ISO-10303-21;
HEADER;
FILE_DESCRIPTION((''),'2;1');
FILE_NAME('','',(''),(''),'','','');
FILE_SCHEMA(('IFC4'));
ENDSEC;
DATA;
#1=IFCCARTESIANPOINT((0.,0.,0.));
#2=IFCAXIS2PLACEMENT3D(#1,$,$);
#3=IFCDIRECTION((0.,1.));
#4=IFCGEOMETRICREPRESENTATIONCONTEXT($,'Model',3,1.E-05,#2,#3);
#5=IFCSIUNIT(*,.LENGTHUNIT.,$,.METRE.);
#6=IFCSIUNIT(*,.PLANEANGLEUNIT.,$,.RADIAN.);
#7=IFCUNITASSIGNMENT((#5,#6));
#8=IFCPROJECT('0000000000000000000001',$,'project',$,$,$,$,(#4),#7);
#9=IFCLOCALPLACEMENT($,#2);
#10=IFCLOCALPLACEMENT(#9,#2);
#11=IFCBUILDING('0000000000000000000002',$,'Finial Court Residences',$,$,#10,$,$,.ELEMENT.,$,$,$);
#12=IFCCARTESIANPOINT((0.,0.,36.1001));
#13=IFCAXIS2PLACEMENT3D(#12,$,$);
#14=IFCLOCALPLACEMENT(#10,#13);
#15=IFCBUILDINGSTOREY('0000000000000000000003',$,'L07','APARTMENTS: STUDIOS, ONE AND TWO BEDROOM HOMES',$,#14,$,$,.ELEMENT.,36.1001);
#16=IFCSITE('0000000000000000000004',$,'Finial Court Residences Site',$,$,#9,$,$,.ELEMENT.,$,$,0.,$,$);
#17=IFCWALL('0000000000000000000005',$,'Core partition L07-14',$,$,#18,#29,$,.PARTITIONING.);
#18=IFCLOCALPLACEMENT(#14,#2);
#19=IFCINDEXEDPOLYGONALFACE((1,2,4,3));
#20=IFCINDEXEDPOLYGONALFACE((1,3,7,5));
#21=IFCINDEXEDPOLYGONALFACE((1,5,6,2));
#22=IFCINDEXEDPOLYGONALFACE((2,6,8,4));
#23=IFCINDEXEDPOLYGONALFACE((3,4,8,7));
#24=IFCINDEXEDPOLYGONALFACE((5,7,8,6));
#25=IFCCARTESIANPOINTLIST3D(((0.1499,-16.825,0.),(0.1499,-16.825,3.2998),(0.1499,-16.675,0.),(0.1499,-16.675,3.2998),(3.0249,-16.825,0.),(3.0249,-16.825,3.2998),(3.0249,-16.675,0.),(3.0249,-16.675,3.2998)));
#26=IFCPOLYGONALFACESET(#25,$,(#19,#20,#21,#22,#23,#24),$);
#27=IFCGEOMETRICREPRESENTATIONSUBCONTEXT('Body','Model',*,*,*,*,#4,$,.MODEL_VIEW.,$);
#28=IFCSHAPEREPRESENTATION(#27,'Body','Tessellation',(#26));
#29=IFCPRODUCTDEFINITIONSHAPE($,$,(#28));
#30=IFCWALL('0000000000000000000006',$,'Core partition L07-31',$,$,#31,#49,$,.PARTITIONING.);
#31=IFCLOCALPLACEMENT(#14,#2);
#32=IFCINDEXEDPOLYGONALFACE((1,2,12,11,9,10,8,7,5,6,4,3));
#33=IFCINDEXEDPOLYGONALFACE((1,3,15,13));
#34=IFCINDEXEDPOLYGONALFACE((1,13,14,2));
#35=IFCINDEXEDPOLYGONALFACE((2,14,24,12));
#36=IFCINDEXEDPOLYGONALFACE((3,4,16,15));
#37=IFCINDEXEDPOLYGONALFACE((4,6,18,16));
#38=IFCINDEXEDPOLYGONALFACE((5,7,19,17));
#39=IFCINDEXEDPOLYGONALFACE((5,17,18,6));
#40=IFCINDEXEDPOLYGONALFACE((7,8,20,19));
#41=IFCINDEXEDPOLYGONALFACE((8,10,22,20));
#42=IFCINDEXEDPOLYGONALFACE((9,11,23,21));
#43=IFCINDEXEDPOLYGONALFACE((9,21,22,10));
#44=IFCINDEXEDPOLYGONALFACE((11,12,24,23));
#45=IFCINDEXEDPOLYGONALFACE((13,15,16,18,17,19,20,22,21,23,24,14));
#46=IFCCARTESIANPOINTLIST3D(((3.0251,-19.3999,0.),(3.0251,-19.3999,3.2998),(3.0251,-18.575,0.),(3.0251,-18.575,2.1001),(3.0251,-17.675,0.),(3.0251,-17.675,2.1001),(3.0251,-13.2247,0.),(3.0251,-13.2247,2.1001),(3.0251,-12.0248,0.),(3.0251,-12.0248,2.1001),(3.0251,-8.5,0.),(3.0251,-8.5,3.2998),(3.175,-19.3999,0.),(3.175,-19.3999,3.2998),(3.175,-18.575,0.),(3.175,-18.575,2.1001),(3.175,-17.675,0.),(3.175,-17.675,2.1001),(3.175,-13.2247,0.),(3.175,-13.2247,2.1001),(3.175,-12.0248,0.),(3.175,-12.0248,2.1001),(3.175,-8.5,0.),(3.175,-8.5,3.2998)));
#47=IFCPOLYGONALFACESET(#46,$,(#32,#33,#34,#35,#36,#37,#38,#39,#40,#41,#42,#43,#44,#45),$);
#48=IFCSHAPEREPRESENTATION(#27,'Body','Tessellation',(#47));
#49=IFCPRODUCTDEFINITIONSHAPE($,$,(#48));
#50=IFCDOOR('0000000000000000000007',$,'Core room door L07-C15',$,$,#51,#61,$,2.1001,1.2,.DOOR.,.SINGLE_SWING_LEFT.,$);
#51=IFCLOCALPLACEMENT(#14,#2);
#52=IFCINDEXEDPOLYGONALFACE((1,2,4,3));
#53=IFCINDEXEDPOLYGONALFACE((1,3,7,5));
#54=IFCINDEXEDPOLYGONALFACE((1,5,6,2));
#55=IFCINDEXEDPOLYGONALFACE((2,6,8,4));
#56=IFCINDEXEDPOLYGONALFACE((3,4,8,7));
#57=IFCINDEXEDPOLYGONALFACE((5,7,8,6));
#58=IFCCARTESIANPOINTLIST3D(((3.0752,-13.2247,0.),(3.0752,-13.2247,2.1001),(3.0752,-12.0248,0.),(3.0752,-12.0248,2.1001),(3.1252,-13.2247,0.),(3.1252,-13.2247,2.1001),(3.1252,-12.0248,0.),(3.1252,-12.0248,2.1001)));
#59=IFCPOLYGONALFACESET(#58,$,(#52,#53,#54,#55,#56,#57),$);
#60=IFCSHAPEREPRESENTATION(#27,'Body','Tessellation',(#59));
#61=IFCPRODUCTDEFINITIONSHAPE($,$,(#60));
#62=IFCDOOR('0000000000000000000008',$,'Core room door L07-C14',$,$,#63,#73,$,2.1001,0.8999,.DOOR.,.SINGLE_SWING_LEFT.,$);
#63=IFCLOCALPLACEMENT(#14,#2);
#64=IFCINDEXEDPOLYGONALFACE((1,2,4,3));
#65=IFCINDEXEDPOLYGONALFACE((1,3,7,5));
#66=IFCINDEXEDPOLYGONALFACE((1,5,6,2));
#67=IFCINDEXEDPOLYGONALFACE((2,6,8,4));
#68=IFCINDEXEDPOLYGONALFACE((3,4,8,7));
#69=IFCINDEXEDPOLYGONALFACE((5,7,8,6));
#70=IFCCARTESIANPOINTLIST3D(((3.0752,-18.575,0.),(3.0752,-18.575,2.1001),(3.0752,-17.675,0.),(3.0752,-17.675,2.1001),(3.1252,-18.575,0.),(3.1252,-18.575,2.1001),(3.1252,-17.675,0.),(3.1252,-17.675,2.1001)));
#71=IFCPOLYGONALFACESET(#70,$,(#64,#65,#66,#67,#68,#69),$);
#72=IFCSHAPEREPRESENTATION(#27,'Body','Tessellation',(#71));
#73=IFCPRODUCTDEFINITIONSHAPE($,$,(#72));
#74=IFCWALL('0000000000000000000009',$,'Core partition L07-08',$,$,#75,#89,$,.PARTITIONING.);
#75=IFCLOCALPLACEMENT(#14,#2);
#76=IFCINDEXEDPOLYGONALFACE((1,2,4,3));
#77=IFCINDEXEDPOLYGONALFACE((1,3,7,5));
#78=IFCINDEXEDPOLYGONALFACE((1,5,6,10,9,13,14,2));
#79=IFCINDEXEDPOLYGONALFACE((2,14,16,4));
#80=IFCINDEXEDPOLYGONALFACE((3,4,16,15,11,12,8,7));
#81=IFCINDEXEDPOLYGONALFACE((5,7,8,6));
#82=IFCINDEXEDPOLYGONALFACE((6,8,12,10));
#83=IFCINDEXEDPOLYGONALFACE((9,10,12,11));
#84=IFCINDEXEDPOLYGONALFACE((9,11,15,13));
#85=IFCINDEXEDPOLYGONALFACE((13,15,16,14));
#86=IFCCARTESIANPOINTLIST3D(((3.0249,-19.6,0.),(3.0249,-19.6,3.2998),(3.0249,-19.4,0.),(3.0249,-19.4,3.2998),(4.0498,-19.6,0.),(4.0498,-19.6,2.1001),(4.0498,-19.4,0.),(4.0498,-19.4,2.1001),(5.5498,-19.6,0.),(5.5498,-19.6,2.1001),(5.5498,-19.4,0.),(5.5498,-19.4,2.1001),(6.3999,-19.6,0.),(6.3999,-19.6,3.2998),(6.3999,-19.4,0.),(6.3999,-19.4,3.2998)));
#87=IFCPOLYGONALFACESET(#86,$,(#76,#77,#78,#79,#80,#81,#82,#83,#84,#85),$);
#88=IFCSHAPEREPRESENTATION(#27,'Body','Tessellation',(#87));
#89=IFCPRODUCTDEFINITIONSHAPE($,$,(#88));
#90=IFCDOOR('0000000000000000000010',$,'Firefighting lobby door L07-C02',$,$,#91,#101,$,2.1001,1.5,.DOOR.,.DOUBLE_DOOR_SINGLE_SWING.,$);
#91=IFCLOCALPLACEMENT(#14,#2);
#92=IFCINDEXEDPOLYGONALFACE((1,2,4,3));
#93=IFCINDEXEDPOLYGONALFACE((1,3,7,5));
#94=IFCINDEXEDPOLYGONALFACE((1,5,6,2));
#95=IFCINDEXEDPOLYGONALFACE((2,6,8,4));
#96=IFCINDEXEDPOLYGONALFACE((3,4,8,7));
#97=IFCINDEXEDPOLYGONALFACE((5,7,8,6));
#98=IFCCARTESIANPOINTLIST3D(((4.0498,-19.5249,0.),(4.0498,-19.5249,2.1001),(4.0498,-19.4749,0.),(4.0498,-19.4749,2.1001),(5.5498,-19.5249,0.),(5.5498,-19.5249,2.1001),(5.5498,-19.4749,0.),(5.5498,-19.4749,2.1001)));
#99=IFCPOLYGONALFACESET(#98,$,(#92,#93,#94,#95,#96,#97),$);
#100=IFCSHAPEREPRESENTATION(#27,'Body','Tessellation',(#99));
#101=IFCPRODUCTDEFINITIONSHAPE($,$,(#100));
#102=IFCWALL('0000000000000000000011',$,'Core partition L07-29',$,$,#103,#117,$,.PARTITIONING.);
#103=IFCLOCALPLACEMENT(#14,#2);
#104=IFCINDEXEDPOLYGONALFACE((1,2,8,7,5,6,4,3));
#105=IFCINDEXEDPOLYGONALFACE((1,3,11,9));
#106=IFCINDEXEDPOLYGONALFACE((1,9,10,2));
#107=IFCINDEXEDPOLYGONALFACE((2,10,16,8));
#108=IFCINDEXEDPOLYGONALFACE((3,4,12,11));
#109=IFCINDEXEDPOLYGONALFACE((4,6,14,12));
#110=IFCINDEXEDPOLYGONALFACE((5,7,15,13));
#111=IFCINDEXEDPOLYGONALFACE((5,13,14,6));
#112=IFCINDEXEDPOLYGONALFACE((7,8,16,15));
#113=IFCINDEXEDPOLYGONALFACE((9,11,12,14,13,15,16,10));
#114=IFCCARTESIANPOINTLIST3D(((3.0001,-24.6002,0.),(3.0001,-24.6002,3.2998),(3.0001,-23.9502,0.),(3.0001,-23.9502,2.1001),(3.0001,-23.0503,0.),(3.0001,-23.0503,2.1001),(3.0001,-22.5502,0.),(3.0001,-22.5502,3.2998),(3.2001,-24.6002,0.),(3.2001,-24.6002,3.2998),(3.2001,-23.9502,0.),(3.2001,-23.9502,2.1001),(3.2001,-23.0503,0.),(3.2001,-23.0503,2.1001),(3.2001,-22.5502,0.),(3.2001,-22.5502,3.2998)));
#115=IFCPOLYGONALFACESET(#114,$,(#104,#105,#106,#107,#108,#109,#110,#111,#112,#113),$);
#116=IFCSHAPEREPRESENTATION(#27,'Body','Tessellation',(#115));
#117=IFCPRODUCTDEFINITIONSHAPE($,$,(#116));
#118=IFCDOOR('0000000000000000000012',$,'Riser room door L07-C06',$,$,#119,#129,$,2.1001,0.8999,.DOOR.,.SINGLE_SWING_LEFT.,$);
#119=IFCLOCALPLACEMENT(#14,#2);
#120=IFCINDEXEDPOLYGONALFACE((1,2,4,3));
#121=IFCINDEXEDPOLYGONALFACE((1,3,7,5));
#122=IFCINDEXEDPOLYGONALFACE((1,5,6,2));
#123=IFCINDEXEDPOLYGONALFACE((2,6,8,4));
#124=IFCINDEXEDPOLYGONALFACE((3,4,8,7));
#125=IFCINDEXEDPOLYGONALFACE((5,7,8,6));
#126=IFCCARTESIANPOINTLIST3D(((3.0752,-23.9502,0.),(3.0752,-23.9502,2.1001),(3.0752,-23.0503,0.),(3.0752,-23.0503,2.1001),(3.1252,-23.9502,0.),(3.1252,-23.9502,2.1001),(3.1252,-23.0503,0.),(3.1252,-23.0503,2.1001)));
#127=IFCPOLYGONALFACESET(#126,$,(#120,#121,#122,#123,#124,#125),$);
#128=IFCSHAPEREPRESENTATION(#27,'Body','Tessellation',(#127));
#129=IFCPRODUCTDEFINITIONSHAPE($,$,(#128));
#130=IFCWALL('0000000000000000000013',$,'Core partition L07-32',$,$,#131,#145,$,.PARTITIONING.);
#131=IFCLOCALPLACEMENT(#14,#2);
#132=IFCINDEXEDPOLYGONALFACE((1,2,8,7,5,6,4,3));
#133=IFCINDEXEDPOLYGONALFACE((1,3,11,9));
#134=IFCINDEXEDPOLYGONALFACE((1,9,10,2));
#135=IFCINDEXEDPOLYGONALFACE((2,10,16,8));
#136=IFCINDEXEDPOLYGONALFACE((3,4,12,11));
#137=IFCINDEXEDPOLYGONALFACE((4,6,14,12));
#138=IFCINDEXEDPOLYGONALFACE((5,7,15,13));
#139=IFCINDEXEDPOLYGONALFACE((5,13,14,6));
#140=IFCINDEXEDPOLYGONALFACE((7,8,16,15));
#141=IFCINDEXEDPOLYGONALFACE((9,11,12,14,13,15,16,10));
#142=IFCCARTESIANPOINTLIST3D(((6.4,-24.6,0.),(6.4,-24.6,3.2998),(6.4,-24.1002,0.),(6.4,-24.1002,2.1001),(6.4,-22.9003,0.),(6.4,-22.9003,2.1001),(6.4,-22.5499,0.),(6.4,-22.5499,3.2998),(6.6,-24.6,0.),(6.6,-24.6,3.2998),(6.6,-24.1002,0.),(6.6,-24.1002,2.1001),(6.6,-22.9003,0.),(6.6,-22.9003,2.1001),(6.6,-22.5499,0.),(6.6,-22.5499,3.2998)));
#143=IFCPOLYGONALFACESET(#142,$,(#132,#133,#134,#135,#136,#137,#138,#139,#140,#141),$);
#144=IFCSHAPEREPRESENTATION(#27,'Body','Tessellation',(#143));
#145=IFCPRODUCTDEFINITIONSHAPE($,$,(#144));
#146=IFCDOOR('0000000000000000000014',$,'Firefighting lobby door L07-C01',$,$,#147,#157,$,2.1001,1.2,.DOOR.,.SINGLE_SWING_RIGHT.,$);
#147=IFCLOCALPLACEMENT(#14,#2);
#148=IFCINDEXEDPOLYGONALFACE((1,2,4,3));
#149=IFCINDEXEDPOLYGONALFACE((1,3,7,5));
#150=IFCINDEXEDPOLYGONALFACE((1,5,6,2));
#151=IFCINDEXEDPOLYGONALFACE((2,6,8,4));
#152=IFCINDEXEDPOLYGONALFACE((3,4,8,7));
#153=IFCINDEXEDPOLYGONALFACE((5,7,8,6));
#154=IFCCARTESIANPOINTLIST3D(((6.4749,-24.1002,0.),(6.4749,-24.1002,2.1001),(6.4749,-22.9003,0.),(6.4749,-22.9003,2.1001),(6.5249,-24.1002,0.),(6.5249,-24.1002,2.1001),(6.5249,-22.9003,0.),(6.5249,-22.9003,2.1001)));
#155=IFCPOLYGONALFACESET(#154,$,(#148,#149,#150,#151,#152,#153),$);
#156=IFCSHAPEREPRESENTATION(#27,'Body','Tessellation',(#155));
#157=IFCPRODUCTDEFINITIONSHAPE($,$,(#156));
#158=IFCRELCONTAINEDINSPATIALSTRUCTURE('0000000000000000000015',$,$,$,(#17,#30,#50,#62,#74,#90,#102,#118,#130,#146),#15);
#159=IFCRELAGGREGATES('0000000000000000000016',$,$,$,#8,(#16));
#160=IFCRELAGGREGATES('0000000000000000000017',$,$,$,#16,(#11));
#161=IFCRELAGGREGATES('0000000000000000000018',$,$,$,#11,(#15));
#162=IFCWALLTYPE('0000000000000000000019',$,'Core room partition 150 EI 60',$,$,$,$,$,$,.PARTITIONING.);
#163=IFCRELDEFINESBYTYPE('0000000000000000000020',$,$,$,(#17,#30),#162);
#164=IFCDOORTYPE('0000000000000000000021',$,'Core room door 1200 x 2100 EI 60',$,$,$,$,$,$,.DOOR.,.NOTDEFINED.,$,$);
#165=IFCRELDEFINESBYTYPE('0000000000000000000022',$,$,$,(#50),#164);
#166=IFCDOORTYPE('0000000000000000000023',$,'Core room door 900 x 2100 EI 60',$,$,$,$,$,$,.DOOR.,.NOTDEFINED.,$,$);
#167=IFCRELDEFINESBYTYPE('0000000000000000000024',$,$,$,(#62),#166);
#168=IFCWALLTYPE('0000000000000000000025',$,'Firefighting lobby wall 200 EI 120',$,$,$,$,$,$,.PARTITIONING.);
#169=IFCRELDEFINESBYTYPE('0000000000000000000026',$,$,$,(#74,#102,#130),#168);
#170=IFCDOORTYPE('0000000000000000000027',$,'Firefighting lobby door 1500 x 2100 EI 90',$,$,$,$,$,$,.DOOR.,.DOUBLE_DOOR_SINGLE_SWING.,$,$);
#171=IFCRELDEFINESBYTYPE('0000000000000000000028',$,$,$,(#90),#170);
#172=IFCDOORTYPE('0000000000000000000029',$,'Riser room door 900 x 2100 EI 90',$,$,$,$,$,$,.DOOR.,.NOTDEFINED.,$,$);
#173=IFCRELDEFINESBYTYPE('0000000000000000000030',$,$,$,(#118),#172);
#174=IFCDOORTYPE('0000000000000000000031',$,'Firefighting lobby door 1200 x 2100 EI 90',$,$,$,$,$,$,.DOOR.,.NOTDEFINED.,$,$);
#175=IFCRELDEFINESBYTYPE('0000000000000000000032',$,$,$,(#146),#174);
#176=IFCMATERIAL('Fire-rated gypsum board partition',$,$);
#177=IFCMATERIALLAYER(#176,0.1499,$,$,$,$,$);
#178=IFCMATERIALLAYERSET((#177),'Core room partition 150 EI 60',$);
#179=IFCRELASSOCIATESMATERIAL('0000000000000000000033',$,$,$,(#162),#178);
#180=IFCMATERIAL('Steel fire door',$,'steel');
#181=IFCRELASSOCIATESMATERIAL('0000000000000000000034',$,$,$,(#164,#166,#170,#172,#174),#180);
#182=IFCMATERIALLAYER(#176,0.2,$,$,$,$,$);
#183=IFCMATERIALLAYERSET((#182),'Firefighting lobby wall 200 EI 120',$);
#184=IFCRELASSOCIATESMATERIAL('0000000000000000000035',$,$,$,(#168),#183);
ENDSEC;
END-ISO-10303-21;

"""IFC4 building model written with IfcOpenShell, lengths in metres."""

from ifc_helpers import new_model, si_unit, direction, frame, frame_2d, origin, place, context, subcontext, project, spatial, rectangle, extrude, material, layer, layer_set, type_object, element, fill, save


model = new_model("IFC4")

# Units and contexts
model_context = context("Model", 3, precision=1e-05, world=origin(), true_north=direction((0.0, 1.0)))
body_context = subcontext(model_context, "Body", "Model", "MODEL_VIEW")
ifc_project = project(units=[si_unit("LENGTHUNIT", "METRE"), si_unit("PLANEANGLEUNIT", "RADIAN")], contexts=[model_context])

# Site, building, storey
site_placement = place(None, origin())
site = spatial("IfcSite", under=ifc_project, at=site_placement, Name="Finial Court Residences Site", CompositionType="ELEMENT", RefElevation=0.0)
building_placement = place(site_placement, origin())
building = spatial("IfcBuilding", under=site, at=building_placement, Name="Finial Court Residences", CompositionType="ELEMENT")
storey_placement = place(building_placement, frame((0.0, 0.0, 36.1001)))
storey = spatial("IfcBuildingStorey", under=building, at=storey_placement, Name="L07", Description="APARTMENTS: STUDIOS, ONE AND TWO BEDROOM HOMES", CompositionType="ELEMENT", Elevation=36.1001)

# Wall
ifc_material_1 = material(Name="Fire-rated gypsum board partition")
ifc_layer_1 = layer(ifc_material_1, 0.1499)
ifc_layer_set_1 = layer_set([ifc_layer_1], Name="Core room partition 150 EI 60")
wall_type_1 = type_object("IfcWallType", Name="Core room partition 150 EI 60", PredefinedType="PARTITIONING", material=ifc_layer_set_1)
wall_1_placement = place(storey_placement, frame((0.1499, -16.75, 0.0), z_axis=(0.0, 0.0, 1.0), x_axis=(1.0, 0.0, 0.0)))
element("IfcWall", 1, at=wall_1_placement, inside=storey, type_object=wall_type_1, Name="Core partition L07-14", PredefinedType="PARTITIONING", context=body_context, shape_type="SweptSolid", body=[
    extrude(rectangle(XDim=2.875, YDim=0.1499, at=frame_2d((1.4375, 0.0))), origin(), (0.0, 0.0, 1.0), 3.2998),
])

# Wall, openings, doors
wall_2_placement = place(storey_placement, frame((3.1001, -19.3999, 0.0), z_axis=(0.0, 0.0, 1.0), x_axis=(0.0, 1.0, 0.0)))
wall_2 = element("IfcWall", 2, at=wall_2_placement, inside=storey, type_object=wall_type_1, Name="Core partition L07-31", PredefinedType="PARTITIONING", context=body_context, shape_type="SweptSolid", body=[
    extrude(rectangle(XDim=10.8999, YDim=0.1499, at=frame_2d((5.45, 0.0))), origin(), (0.0, 0.0, 1.0), 3.2998),
])
opening_1_placement = place(wall_2_placement, frame((0.825, 0.0, 0.0)))
opening_1 = element("IfcOpeningElement", 3, at=opening_1_placement, cuts=wall_2, PredefinedType="OPENING", context=body_context, shape_type="SweptSolid", body=[
    extrude(rectangle(XDim=0.8999, YDim=2.1001, at=frame_2d((0.45, 1.05))), frame((0.0, 0.085, 0.0), z_axis=(0.0, -1.0, 0.0), x_axis=(1.0, 0.0, 0.0)), (0.0, 0.0, 1.0), 0.1699),
])
opening_2_placement = place(wall_2_placement, frame((6.175, 0.0, 0.0)))
opening_2 = element("IfcOpeningElement", 4, at=opening_2_placement, cuts=wall_2, PredefinedType="OPENING", context=body_context, shape_type="SweptSolid", body=[
    extrude(rectangle(XDim=1.2, YDim=2.1001, at=frame_2d((0.6001, 1.05))), frame((0.0, 0.085, 0.0), z_axis=(0.0, -1.0, 0.0), x_axis=(1.0, 0.0, 0.0)), (0.0, 0.0, 1.0), 0.1699),
])
ifc_material_2 = material(Name="Steel fire door", Category="steel")
door_type_1 = type_object("IfcDoorType", Name="Core room door 1200 x 2100 EI 60", OperationType="NOTDEFINED", PredefinedType="DOOR", material=ifc_material_2)
door_1_placement = place(opening_2_placement, origin())
door_1 = element("IfcDoor", 5, at=door_1_placement, inside=storey, type_object=door_type_1, Name="Core room door L07-C15", OperationType="SINGLE_SWING_LEFT", OverallHeight=2.1001, OverallWidth=1.2, PredefinedType="DOOR", context=body_context, shape_type="SweptSolid", body=[
    extrude(rectangle(XDim=1.2, YDim=2.1001, at=frame_2d((0.6001, 1.05))), frame((0.0, 0.0249, 0.0), z_axis=(0.0, -1.0, 0.0), x_axis=(1.0, 0.0, 0.0)), (0.0, 0.0, 1.0), 0.05),
])
fill(opening_2, door_1)
door_type_2 = type_object("IfcDoorType", Name="Core room door 900 x 2100 EI 60", OperationType="NOTDEFINED", PredefinedType="DOOR", material=ifc_material_2)
door_2_placement = place(opening_1_placement, origin())
door_2 = element("IfcDoor", 6, at=door_2_placement, inside=storey, type_object=door_type_2, Name="Core room door L07-C14", OperationType="SINGLE_SWING_LEFT", OverallHeight=2.1001, OverallWidth=0.8999, PredefinedType="DOOR", context=body_context, shape_type="SweptSolid", body=[
    extrude(rectangle(XDim=0.8999, YDim=2.1001, at=frame_2d((0.45, 1.05))), frame((0.0, 0.0249, 0.0), z_axis=(0.0, -1.0, 0.0), x_axis=(1.0, 0.0, 0.0)), (0.0, 0.0, 1.0), 0.05),
])
fill(opening_1, door_2)

# Walls, openings, doors
ifc_layer_2 = layer(ifc_material_1, 0.2)
ifc_layer_set_2 = layer_set([ifc_layer_2], Name="Firefighting lobby wall 200 EI 120")
wall_type_2 = type_object("IfcWallType", Name="Firefighting lobby wall 200 EI 120", PredefinedType="PARTITIONING", material=ifc_layer_set_2)
wall_3_placement = place(storey_placement, frame((6.3999, -19.5, 0.0), z_axis=(0.0, 0.0, 1.0), x_axis=(-1.0, 0.0, 0.0)))
wall_3 = element("IfcWall", 7, at=wall_3_placement, inside=storey, type_object=wall_type_2, Name="Core partition L07-08", PredefinedType="PARTITIONING", context=body_context, shape_type="SweptSolid", body=[
    extrude(rectangle(XDim=3.375, YDim=0.2, at=frame_2d((1.6875, 0.0))), origin(), (0.0, 0.0, 1.0), 3.2998),
])
opening_3_placement = place(wall_3_placement, frame((0.8501, 0.0, 0.0)))
opening_3 = element("IfcOpeningElement", 8, at=opening_3_placement, cuts=wall_3, PredefinedType="OPENING", context=body_context, shape_type="SweptSolid", body=[
    extrude(rectangle(XDim=1.5, YDim=2.1001, at=frame_2d((0.75, 1.05))), frame((0.0, 0.1099, 0.0), z_axis=(0.0, -1.0, 0.0), x_axis=(1.0, 0.0, 0.0)), (0.0, 0.0, 1.0), 0.22),
])
door_type_3 = type_object("IfcDoorType", Name="Firefighting lobby door 1500 x 2100 EI 90", OperationType="DOUBLE_DOOR_SINGLE_SWING", PredefinedType="DOOR", material=ifc_material_2)
door_3_placement = place(opening_3_placement, origin())
door_3 = element("IfcDoor", 9, at=door_3_placement, inside=storey, type_object=door_type_3, Name="Firefighting lobby door L07-C02", OperationType="DOUBLE_DOOR_SINGLE_SWING", OverallHeight=2.1001, OverallWidth=1.5, PredefinedType="DOOR", context=body_context, shape_type="SweptSolid", body=[
    extrude(rectangle(XDim=1.5, YDim=2.1001, at=frame_2d((0.75, 1.05))), frame((0.0, 0.0249, 0.0), z_axis=(0.0, -1.0, 0.0), x_axis=(1.0, 0.0, 0.0)), (0.0, 0.0, 1.0), 0.05),
])
fill(opening_3, door_3)
wall_4_placement = place(storey_placement, frame((3.1001, -24.6001, 0.0), z_axis=(0.0, 0.0, 1.0), x_axis=(0.0, 1.0, 0.0)))
wall_4 = element("IfcWall", 10, at=wall_4_placement, inside=storey, type_object=wall_type_2, Name="Core partition L07-29", PredefinedType="PARTITIONING", context=body_context, shape_type="SweptSolid", body=[
    extrude(rectangle(XDim=2.05, YDim=0.2, at=frame_2d((1.0249, 0.0))), origin(), (0.0, 0.0, 1.0), 3.2998),
])
opening_4_placement = place(wall_4_placement, frame((0.6499, 0.0, 0.0)))
opening_4 = element("IfcOpeningElement", 11, at=opening_4_placement, cuts=wall_4, PredefinedType="OPENING", context=body_context, shape_type="SweptSolid", body=[
    extrude(rectangle(XDim=0.8999, YDim=2.1001, at=frame_2d((0.45, 1.05))), frame((0.0, 0.1099, 0.0), z_axis=(0.0, -1.0, 0.0), x_axis=(1.0, 0.0, 0.0)), (0.0, 0.0, 1.0), 0.22),
])
door_type_4 = type_object("IfcDoorType", Name="Riser room door 900 x 2100 EI 90", OperationType="NOTDEFINED", PredefinedType="DOOR", material=ifc_material_2)
door_4_placement = place(opening_4_placement, origin())
door_4 = element("IfcDoor", 12, at=door_4_placement, inside=storey, type_object=door_type_4, Name="Riser room door L07-C06", OperationType="SINGLE_SWING_LEFT", OverallHeight=2.1001, OverallWidth=0.8999, PredefinedType="DOOR", context=body_context, shape_type="SweptSolid", body=[
    extrude(rectangle(XDim=0.8999, YDim=2.1001, at=frame_2d((0.45, 1.05))), frame((0.0, 0.0249, 0.0), z_axis=(0.0, -1.0, 0.0), x_axis=(1.0, 0.0, 0.0)), (0.0, 0.0, 1.0), 0.05),
])
fill(opening_4, door_4)
wall_5_placement = place(storey_placement, frame((6.5, -22.55, 0.0), z_axis=(0.0, 0.0, 1.0), x_axis=(0.0, -1.0, 0.0)))
wall_5 = element("IfcWall", 13, at=wall_5_placement, inside=storey, type_object=wall_type_2, Name="Core partition L07-32", PredefinedType="PARTITIONING", context=body_context, shape_type="SweptSolid", body=[
    extrude(rectangle(XDim=2.05, YDim=0.2, at=frame_2d((1.0249, 0.0))), origin(), (0.0, 0.0, 1.0), 3.2998),
])
opening_5_placement = place(wall_5_placement, frame((0.3501, 0.0, 0.0)))
opening_5 = element("IfcOpeningElement", 14, at=opening_5_placement, cuts=wall_5, PredefinedType="OPENING", context=body_context, shape_type="SweptSolid", body=[
    extrude(rectangle(XDim=1.2, YDim=2.1001, at=frame_2d((0.6001, 1.05))), frame((0.0, 0.1099, 0.0), z_axis=(0.0, -1.0, 0.0), x_axis=(1.0, 0.0, 0.0)), (0.0, 0.0, 1.0), 0.22),
])
door_type_5 = type_object("IfcDoorType", Name="Firefighting lobby door 1200 x 2100 EI 90", OperationType="NOTDEFINED", PredefinedType="DOOR", material=ifc_material_2)
door_5_placement = place(opening_5_placement, origin())
door_5 = element("IfcDoor", 15, at=door_5_placement, inside=storey, type_object=door_type_5, Name="Firefighting lobby door L07-C01", OperationType="SINGLE_SWING_RIGHT", OverallHeight=2.1001, OverallWidth=1.2, PredefinedType="DOOR", context=body_context, shape_type="SweptSolid", body=[
    extrude(rectangle(XDim=1.2, YDim=2.1001, at=frame_2d((0.6001, 1.05))), frame((0.0, 0.0249, 0.0), z_axis=(0.0, -1.0, 0.0), x_axis=(1.0, 0.0, 0.0)), (0.0, 0.0, 1.0), 0.05),
])
fill(opening_5, door_5)

save(model, "model.ifc")
